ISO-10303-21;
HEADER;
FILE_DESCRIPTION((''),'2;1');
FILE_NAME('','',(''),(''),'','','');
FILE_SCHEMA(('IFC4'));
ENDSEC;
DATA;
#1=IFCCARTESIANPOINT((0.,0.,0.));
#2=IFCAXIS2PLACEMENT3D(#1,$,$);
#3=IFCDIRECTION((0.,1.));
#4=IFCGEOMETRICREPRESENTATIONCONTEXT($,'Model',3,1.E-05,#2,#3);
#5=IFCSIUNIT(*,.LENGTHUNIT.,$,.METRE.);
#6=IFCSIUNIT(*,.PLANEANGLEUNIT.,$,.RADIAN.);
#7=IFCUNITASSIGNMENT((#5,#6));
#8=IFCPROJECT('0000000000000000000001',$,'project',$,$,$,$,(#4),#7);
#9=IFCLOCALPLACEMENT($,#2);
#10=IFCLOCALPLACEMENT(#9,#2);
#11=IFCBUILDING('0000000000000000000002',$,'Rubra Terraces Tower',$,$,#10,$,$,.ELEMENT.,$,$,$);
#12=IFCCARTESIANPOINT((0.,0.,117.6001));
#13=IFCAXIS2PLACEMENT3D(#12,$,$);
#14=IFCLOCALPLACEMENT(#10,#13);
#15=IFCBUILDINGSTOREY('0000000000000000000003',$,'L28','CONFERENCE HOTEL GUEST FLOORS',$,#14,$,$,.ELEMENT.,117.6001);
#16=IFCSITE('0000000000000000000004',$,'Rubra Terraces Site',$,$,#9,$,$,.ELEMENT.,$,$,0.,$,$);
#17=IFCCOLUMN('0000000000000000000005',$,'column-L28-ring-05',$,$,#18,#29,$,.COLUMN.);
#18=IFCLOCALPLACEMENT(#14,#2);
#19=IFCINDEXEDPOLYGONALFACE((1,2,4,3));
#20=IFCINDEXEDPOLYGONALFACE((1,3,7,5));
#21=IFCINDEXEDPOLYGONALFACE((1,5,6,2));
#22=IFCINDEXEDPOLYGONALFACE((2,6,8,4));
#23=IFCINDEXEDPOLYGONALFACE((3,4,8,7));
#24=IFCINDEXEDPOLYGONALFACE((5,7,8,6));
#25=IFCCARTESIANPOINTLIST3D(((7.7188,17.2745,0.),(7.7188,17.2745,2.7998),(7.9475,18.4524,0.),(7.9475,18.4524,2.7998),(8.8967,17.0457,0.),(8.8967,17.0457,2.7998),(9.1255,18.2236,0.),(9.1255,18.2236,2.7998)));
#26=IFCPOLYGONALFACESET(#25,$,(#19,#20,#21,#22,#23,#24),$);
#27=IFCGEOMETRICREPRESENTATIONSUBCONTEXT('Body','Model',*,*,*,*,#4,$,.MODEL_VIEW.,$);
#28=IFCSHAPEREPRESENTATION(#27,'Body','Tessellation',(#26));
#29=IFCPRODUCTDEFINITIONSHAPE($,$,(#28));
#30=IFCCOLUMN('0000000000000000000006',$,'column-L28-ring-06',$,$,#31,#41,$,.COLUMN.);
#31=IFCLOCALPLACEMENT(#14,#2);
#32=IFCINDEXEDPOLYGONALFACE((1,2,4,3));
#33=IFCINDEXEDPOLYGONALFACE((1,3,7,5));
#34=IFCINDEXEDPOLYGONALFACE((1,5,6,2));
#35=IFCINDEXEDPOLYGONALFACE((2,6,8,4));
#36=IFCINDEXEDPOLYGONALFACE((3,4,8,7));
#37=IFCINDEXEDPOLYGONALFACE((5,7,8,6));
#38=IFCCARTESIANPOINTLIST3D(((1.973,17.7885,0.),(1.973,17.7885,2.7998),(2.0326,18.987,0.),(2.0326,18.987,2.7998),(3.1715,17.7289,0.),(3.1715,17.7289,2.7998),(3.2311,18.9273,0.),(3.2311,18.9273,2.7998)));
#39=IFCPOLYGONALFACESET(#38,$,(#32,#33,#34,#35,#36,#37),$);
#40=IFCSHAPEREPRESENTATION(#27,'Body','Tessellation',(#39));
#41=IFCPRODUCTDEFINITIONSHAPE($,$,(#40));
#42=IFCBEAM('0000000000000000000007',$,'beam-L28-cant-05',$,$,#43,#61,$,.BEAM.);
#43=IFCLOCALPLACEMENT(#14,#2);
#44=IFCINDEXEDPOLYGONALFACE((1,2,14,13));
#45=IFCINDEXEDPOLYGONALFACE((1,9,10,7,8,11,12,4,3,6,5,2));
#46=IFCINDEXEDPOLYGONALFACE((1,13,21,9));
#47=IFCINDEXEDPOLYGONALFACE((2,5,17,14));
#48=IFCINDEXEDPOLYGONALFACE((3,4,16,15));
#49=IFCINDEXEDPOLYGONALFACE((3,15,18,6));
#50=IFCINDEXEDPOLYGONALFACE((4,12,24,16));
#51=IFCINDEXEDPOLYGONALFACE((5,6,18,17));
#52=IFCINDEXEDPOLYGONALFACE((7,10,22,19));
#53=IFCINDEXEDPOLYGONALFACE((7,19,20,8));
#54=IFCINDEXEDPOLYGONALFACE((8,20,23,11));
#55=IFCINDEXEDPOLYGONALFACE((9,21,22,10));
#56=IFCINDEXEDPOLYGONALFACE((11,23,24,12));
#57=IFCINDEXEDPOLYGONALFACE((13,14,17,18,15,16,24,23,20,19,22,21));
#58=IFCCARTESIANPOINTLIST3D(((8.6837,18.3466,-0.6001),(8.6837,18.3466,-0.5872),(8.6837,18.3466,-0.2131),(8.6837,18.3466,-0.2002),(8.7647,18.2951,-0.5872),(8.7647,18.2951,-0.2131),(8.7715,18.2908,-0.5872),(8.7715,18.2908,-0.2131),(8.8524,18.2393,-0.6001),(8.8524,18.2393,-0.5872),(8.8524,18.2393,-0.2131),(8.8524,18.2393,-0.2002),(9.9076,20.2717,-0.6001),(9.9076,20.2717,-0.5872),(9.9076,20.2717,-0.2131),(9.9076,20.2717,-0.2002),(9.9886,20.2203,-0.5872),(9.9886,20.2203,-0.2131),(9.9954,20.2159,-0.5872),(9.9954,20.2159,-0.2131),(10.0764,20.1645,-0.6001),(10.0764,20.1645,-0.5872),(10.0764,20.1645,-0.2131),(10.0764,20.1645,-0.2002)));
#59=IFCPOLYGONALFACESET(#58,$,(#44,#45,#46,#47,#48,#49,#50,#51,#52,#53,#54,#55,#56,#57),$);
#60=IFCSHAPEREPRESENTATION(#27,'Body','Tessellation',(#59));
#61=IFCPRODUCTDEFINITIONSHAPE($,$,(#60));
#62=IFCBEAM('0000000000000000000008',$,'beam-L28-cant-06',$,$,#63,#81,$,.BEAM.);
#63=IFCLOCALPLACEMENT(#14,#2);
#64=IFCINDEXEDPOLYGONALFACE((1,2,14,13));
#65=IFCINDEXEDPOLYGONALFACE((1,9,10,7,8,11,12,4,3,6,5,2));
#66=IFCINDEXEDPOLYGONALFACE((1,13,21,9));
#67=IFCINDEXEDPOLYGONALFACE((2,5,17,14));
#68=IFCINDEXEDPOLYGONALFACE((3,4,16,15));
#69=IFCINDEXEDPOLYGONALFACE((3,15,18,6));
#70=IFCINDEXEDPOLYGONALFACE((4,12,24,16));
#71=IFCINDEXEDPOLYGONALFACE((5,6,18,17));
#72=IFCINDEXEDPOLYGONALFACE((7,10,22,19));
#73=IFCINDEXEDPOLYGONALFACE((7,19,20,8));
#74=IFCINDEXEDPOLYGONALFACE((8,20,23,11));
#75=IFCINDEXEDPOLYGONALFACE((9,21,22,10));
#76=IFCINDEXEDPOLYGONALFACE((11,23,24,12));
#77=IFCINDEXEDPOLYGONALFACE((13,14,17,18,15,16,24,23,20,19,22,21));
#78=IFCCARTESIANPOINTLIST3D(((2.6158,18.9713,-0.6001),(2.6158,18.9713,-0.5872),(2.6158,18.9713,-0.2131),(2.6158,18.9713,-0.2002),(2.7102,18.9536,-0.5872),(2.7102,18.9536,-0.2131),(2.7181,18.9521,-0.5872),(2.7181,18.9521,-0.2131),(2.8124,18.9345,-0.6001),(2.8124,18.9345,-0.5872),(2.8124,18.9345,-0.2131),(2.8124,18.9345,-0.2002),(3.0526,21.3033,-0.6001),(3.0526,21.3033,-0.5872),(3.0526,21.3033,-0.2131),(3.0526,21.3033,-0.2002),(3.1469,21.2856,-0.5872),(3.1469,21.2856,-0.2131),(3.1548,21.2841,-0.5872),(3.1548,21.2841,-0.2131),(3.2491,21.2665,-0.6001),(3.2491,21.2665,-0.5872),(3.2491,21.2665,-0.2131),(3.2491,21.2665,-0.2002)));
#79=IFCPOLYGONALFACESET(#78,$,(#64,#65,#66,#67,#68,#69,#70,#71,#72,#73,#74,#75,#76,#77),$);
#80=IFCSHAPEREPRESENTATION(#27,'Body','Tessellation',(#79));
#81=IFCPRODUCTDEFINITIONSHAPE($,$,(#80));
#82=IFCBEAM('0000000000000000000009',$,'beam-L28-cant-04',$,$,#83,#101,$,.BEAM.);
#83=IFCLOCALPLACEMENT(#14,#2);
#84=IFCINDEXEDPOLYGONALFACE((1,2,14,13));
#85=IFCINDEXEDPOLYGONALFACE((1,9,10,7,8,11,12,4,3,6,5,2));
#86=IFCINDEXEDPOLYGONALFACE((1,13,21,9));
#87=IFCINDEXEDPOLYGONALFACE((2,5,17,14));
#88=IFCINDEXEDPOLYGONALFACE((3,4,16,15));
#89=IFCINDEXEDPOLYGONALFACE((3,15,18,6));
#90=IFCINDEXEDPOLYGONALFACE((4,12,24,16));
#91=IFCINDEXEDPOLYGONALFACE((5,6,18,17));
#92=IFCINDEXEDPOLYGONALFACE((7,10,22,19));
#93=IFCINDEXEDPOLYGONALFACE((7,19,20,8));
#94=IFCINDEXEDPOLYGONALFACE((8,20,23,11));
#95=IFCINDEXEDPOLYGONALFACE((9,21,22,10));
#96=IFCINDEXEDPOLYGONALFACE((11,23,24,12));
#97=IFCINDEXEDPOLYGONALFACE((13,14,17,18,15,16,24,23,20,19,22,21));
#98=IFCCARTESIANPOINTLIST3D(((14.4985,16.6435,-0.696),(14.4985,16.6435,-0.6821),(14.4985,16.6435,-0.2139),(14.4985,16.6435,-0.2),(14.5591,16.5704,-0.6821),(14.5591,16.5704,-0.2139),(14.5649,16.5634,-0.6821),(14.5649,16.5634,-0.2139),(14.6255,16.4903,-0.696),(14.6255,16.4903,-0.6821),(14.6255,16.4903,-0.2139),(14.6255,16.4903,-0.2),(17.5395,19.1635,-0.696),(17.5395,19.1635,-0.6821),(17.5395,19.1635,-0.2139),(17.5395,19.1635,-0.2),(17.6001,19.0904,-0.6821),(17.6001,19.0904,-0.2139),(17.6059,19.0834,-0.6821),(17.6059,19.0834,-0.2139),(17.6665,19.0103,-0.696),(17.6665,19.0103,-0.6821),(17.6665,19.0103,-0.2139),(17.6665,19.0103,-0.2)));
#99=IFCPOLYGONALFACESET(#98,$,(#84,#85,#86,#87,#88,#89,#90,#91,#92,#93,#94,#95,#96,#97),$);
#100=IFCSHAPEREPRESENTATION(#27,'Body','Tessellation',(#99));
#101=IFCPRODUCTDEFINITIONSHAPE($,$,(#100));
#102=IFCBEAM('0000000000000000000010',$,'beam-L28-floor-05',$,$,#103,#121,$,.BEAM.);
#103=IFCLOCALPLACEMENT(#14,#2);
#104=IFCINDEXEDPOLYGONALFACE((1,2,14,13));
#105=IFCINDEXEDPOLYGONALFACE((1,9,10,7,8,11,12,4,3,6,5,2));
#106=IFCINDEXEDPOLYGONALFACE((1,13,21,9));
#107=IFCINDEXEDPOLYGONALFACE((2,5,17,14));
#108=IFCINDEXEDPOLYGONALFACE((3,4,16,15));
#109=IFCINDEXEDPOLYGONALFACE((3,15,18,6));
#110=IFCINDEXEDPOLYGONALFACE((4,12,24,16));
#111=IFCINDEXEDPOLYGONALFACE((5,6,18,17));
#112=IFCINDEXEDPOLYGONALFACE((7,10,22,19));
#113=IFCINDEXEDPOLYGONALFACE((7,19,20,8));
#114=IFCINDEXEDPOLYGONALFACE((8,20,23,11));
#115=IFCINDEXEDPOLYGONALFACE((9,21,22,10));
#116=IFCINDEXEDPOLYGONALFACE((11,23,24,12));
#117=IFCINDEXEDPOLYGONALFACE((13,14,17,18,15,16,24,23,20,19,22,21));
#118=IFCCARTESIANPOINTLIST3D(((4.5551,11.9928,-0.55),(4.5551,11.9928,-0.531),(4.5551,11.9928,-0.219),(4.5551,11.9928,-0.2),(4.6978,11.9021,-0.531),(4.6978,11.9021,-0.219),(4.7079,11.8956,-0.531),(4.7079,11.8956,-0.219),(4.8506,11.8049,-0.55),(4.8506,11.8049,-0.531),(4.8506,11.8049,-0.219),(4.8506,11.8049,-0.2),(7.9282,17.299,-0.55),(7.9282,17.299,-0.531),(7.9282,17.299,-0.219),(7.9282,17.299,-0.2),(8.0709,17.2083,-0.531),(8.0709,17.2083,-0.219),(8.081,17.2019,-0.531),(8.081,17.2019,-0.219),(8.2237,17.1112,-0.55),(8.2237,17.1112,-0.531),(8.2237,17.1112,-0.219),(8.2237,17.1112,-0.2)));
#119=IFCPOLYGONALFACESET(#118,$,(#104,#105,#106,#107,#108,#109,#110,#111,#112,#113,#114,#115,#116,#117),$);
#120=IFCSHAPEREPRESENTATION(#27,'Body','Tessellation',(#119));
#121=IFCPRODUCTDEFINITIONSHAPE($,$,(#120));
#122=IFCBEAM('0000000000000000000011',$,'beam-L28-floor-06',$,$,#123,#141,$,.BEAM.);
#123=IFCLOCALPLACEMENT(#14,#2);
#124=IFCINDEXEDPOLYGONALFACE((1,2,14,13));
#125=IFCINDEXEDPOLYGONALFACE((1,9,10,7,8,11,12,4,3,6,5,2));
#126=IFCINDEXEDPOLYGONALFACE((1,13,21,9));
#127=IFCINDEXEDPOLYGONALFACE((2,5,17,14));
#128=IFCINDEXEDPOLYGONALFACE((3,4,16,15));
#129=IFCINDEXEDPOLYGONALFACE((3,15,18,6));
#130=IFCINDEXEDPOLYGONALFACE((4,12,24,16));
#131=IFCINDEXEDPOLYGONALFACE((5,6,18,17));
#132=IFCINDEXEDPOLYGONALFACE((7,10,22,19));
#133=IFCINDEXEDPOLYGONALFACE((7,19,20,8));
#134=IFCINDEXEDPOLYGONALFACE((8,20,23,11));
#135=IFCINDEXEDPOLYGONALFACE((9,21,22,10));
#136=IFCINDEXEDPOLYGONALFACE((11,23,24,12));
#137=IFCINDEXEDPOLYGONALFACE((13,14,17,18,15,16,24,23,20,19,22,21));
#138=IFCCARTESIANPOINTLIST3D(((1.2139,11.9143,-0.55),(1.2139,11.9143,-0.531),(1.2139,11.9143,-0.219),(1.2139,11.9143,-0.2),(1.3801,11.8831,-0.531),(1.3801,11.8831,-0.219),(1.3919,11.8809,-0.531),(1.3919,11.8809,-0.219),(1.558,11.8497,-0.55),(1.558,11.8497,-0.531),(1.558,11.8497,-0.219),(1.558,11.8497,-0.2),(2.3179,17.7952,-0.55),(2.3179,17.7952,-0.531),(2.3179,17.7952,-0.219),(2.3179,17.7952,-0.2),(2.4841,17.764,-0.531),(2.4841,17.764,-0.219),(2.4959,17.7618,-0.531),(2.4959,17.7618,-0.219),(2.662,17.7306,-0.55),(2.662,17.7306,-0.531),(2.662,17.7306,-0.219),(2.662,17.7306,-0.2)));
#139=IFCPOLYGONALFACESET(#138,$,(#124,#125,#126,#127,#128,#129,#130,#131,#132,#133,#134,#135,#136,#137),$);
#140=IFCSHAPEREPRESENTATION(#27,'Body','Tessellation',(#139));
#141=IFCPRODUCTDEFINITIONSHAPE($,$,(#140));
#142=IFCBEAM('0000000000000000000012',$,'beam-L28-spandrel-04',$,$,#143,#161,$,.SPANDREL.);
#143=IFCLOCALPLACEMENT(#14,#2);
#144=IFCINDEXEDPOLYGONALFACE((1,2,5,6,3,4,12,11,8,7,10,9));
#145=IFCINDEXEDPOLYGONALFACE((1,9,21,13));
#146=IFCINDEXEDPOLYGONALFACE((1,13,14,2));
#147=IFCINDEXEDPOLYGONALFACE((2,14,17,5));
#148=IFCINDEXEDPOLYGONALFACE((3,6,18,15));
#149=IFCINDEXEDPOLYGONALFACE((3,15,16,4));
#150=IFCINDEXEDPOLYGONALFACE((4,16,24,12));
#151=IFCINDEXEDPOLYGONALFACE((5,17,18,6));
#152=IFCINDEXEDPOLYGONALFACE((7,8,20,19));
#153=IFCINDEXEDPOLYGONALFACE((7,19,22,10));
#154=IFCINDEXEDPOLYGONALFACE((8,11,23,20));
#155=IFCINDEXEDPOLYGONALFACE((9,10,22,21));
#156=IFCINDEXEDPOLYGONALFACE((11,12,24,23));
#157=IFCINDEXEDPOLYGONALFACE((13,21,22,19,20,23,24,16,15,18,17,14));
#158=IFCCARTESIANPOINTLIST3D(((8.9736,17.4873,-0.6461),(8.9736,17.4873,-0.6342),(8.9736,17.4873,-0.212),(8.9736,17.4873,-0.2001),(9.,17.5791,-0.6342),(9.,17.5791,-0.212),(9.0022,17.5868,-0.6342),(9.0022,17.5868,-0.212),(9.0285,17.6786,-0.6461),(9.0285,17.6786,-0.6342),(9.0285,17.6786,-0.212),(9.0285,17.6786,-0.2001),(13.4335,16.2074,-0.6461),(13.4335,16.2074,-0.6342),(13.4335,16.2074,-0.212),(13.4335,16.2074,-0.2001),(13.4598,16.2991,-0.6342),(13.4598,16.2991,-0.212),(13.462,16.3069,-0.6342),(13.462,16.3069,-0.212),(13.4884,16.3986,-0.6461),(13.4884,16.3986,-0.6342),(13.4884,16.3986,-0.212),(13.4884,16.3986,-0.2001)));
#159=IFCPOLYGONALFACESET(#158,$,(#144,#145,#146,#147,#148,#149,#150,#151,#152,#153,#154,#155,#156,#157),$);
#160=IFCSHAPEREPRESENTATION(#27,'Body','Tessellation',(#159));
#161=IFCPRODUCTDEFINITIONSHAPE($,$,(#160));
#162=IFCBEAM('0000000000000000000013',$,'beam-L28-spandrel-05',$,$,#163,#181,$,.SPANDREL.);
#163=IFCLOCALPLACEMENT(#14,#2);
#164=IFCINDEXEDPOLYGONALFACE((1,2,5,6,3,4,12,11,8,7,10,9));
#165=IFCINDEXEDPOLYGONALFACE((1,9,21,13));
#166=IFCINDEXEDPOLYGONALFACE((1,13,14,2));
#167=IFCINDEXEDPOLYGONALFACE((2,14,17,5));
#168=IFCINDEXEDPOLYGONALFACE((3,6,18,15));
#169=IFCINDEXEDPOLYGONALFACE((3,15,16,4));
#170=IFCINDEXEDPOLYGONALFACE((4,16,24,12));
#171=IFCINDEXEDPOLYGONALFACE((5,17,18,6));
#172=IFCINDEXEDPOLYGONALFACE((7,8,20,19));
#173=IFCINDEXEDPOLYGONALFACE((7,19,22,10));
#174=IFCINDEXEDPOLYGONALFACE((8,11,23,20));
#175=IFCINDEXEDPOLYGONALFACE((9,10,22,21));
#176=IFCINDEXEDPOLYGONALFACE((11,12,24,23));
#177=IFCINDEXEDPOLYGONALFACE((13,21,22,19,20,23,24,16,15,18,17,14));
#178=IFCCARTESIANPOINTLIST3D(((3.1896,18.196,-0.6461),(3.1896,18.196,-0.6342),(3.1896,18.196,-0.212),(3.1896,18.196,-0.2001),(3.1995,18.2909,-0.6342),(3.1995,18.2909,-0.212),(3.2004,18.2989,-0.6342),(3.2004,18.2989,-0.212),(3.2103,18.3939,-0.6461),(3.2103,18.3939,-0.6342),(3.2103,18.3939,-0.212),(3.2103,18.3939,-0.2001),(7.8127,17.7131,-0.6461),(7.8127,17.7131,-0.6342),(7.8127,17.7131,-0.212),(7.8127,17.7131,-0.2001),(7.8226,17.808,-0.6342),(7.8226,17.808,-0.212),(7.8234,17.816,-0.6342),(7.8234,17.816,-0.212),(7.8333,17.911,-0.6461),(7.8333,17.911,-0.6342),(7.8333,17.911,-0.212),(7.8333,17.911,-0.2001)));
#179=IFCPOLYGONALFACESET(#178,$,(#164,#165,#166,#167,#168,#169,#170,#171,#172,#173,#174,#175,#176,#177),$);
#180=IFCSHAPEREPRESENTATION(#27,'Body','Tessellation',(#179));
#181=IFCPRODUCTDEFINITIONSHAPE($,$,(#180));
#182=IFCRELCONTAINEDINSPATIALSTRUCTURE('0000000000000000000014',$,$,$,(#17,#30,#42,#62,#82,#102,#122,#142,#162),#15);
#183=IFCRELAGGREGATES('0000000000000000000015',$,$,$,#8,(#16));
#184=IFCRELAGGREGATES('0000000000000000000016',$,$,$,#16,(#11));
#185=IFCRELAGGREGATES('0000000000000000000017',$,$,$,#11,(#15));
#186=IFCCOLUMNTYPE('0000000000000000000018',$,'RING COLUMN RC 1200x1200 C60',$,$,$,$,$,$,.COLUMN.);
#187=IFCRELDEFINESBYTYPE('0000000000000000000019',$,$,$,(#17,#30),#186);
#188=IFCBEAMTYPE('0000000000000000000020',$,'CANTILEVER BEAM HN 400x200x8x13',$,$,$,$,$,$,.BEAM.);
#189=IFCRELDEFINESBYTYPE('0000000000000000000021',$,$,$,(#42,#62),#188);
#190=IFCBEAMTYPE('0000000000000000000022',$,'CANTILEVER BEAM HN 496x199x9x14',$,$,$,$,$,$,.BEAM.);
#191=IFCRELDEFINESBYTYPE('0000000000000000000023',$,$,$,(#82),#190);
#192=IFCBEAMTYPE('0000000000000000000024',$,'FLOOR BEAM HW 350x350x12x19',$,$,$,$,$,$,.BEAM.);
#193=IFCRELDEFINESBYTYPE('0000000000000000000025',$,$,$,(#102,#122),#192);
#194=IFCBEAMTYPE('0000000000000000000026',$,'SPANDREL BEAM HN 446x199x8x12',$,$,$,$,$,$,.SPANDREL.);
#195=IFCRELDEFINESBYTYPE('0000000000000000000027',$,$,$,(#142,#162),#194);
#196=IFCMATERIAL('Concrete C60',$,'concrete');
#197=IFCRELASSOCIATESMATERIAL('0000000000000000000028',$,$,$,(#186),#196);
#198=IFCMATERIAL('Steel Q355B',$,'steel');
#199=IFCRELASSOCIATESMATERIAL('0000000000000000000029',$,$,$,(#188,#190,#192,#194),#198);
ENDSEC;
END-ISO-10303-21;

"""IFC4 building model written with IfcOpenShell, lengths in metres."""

from ifc_helpers import new_model, si_unit, direction, frame, origin, origin_2d, place, context, subcontext, project, spatial, rectangle, i_section, extrude, material, material_profile, profile_set, type_object, element, save


model = new_model("IFC4")

# Units and contexts
model_context = context("Model", 3, precision=1e-05, world=origin(), true_north=direction((0.0, 1.0)))
body_context = subcontext(model_context, "Body", "Model", "MODEL_VIEW")
ifc_project = project(units=[si_unit("LENGTHUNIT", "METRE"), si_unit("PLANEANGLEUNIT", "RADIAN")], contexts=[model_context])

# Site, building, storey
site_placement = place(None, origin())
site = spatial("IfcSite", under=ifc_project, at=site_placement, Name="Rubra Terraces Site", CompositionType="ELEMENT", RefElevation=0.0)
building_placement = place(site_placement, origin())
building = spatial("IfcBuilding", under=site, at=building_placement, Name="Rubra Terraces Tower", CompositionType="ELEMENT")
storey_placement = place(building_placement, frame((0.0, 0.0, 117.6001)))
storey = spatial("IfcBuildingStorey", under=building, at=storey_placement, Name="L28", Description="CONFERENCE HOTEL GUEST FLOORS", CompositionType="ELEMENT", Elevation=117.6001)

# Columns
ifc_material_1 = material(Name="Concrete C60", Category="concrete")
ifc_material_profile_1 = material_profile(ifc_material_1, rectangle(XDim=1.2, YDim=1.2, at=origin_2d()), Name="RC 1200x1200")
ifc_profile_set_1 = profile_set([ifc_material_profile_1], Name="Concrete C60")
column_type = type_object("IfcColumnType", Name="RING COLUMN RC 1200x1200 C60", PredefinedType="COLUMN", material=ifc_profile_set_1)
for number, where, z_axis, x_axis, name in (
    (1, (8.4221, 17.749, 0.0), (0.0, 0.0, 1.0), (-0.981655, 0.190668, 0.0), "column-L28-ring-05"),
    (2, (2.6021, 18.3579, 0.0), (0.0, 0.0, 1.0), (-0.998764, 0.049699, 0.0), "column-L28-ring-06"),
):
    element("IfcColumn", number, at=place(storey_placement, frame(where, z_axis=z_axis, x_axis=x_axis)), inside=storey, type_object=column_type, Name=name, PredefinedType="COLUMN", context=body_context, shape_type="SweptSolid", body=[
        extrude(rectangle(XDim=1.2, YDim=1.2, at=origin_2d()), origin(), (0.0, 0.0, 1.0), 2.7998),
    ])

# Beams
ifc_material_2 = material(Name="Steel Q355B", Category="steel")
ifc_material_profile_2 = material_profile(ifc_material_2, i_section(OverallWidth=0.2, OverallDepth=0.3999, WebThickness=0.0081, FlangeThickness=0.0129, at=origin_2d()), Name="HN 400x200x8x13")
ifc_profile_set_2 = profile_set([ifc_material_profile_2], Name="Steel Q355B")
beam_type_1 = type_object("IfcBeamType", Name="CANTILEVER BEAM HN 400x200x8x13", PredefinedType="BEAM", material=ifc_profile_set_2)
beam_1_placement = place(storey_placement, frame((8.7681, 18.293, -0.4001), z_axis=(0.536515, 0.843891, 0.0), x_axis=(-0.843891, 0.536515, 0.0)))
element("IfcBeam", 3, at=beam_1_placement, inside=storey, type_object=beam_type_1, Name="beam-L28-cant-05", PredefinedType="BEAM", context=body_context, shape_type="SweptSolid", body=[
    extrude(i_section(OverallWidth=0.2, OverallDepth=0.3999, WebThickness=0.0081, FlangeThickness=0.0129, at=origin_2d()), origin(), (0.0, 0.0, 1.0), 2.2812),
])
beam_2_placement = place(storey_placement, frame((2.7141, 18.9529, -0.4001), z_axis=(0.18409, 0.982909, 0.0), x_axis=(-0.982909, 0.18409, 0.0)))
element("IfcBeam", 4, at=beam_2_placement, inside=storey, type_object=beam_type_1, Name="beam-L28-cant-06", PredefinedType="BEAM", context=body_context, shape_type="SweptSolid", body=[
    extrude(i_section(OverallWidth=0.2, OverallDepth=0.3999, WebThickness=0.0081, FlangeThickness=0.0129, at=origin_2d()), origin(), (0.0, 0.0, 1.0), 2.3726),
])
ifc_material_profile_3 = material_profile(ifc_material_2, i_section(OverallWidth=0.199, OverallDepth=0.4961, WebThickness=0.009, FlangeThickness=0.0139, at=origin_2d()), Name="HN 496x199x9x14")
ifc_profile_set_3 = profile_set([ifc_material_profile_3], Name="Steel Q355B")
beam_type_2 = type_object("IfcBeamType", Name="CANTILEVER BEAM HN 496x199x9x14", PredefinedType="BEAM", material=ifc_profile_set_3)
beam_3_placement = place(storey_placement, frame((14.562, 16.5669, -0.448), z_axis=(0.769982, 0.638066, 0.0), x_axis=(-0.638066, 0.769982, 0.0)))
element("IfcBeam", 5, at=beam_3_placement, inside=storey, type_object=beam_type_2, Name="beam-L28-cant-04", PredefinedType="BEAM", context=body_context, shape_type="SweptSolid", body=[
    extrude(i_section(OverallWidth=0.199, OverallDepth=0.4961, WebThickness=0.009, FlangeThickness=0.0139, at=origin_2d()), origin(), (0.0, 0.0, 1.0), 3.9495),
])
ifc_material_profile_4 = material_profile(ifc_material_2, i_section(OverallWidth=0.3501, OverallDepth=0.3501, WebThickness=0.012, FlangeThickness=0.019, at=origin_2d()), Name="HW 350x350x12x19")
ifc_profile_set_4 = profile_set([ifc_material_profile_4], Name="Steel Q355B")
beam_type_3 = type_object("IfcBeamType", Name="FLOOR BEAM HW 350x350x12x19", PredefinedType="BEAM", material=ifc_profile_set_4)
beam_4_placement = place(storey_placement, frame((8.0759, 17.2051, -0.375), z_axis=(-0.536468, -0.84392, 0.0), x_axis=(0.84392, -0.536468, 0.0)))
element("IfcBeam", 6, at=beam_4_placement, inside=storey, type_object=beam_type_3, Name="beam-L28-floor-05", PredefinedType="BEAM", context=body_context, shape_type="SweptSolid", body=[
    extrude(i_section(OverallWidth=0.3501, OverallDepth=0.3501, WebThickness=0.012, FlangeThickness=0.019, at=origin_2d()), origin(), (0.0, 0.0, 1.0), 6.2876),
])
beam_5_placement = place(storey_placement, frame((2.49, 17.7629, -0.375), z_axis=(-0.184505, -0.982832, 0.0), x_axis=(0.982832, -0.184505, 0.0)))
element("IfcBeam", 7, at=beam_5_placement, inside=storey, type_object=beam_type_3, Name="beam-L28-floor-06", PredefinedType="BEAM", context=body_context, shape_type="SweptSolid", body=[
    extrude(i_section(OverallWidth=0.3501, OverallDepth=0.3501, WebThickness=0.012, FlangeThickness=0.019, at=origin_2d()), origin(), (0.0, 0.0, 1.0), 5.9836),
])
ifc_material_profile_5 = material_profile(ifc_material_2, i_section(OverallWidth=0.199, OverallDepth=0.446, WebThickness=0.0081, FlangeThickness=0.012, at=origin_2d()), Name="HN 446x199x8x12")
ifc_profile_set_5 = profile_set([ifc_material_profile_5], Name="Steel Q355B")
beam_type_4 = type_object("IfcBeamType", Name="SPANDREL BEAM HN 446x199x8x12", PredefinedType="SPANDREL", material=ifc_profile_set_5)
beam_6_placement = place(storey_placement, frame((13.4609, 16.303, -0.4231), z_axis=(-0.961196, 0.275868, 0.0), x_axis=(-0.275868, -0.961196, 0.0)))
element("IfcBeam", 8, at=beam_6_placement, inside=storey, type_object=beam_type_4, Name="beam-L28-spandrel-04", PredefinedType="SPANDREL", context=body_context, shape_type="SweptSolid", body=[
    extrude(i_section(OverallWidth=0.199, OverallDepth=0.446, WebThickness=0.0081, FlangeThickness=0.012, at=origin_2d()), origin(), (0.0, 0.0, 1.0), 4.6399),
])
beam_7_placement = place(storey_placement, frame((7.823, 17.812, -0.4231), z_axis=(-0.994589, 0.103892, 0.0), x_axis=(-0.103892, -0.994589, 0.0)))
element("IfcBeam", 9, at=beam_7_placement, inside=storey, type_object=beam_type_4, Name="beam-L28-spandrel-05", PredefinedType="SPANDREL", context=body_context, shape_type="SweptSolid", body=[
    extrude(i_section(OverallWidth=0.199, OverallDepth=0.446, WebThickness=0.0081, FlangeThickness=0.012, at=origin_2d()), origin(), (0.0, 0.0, 1.0), 4.6482),
])

save(model, "model.ifc")
